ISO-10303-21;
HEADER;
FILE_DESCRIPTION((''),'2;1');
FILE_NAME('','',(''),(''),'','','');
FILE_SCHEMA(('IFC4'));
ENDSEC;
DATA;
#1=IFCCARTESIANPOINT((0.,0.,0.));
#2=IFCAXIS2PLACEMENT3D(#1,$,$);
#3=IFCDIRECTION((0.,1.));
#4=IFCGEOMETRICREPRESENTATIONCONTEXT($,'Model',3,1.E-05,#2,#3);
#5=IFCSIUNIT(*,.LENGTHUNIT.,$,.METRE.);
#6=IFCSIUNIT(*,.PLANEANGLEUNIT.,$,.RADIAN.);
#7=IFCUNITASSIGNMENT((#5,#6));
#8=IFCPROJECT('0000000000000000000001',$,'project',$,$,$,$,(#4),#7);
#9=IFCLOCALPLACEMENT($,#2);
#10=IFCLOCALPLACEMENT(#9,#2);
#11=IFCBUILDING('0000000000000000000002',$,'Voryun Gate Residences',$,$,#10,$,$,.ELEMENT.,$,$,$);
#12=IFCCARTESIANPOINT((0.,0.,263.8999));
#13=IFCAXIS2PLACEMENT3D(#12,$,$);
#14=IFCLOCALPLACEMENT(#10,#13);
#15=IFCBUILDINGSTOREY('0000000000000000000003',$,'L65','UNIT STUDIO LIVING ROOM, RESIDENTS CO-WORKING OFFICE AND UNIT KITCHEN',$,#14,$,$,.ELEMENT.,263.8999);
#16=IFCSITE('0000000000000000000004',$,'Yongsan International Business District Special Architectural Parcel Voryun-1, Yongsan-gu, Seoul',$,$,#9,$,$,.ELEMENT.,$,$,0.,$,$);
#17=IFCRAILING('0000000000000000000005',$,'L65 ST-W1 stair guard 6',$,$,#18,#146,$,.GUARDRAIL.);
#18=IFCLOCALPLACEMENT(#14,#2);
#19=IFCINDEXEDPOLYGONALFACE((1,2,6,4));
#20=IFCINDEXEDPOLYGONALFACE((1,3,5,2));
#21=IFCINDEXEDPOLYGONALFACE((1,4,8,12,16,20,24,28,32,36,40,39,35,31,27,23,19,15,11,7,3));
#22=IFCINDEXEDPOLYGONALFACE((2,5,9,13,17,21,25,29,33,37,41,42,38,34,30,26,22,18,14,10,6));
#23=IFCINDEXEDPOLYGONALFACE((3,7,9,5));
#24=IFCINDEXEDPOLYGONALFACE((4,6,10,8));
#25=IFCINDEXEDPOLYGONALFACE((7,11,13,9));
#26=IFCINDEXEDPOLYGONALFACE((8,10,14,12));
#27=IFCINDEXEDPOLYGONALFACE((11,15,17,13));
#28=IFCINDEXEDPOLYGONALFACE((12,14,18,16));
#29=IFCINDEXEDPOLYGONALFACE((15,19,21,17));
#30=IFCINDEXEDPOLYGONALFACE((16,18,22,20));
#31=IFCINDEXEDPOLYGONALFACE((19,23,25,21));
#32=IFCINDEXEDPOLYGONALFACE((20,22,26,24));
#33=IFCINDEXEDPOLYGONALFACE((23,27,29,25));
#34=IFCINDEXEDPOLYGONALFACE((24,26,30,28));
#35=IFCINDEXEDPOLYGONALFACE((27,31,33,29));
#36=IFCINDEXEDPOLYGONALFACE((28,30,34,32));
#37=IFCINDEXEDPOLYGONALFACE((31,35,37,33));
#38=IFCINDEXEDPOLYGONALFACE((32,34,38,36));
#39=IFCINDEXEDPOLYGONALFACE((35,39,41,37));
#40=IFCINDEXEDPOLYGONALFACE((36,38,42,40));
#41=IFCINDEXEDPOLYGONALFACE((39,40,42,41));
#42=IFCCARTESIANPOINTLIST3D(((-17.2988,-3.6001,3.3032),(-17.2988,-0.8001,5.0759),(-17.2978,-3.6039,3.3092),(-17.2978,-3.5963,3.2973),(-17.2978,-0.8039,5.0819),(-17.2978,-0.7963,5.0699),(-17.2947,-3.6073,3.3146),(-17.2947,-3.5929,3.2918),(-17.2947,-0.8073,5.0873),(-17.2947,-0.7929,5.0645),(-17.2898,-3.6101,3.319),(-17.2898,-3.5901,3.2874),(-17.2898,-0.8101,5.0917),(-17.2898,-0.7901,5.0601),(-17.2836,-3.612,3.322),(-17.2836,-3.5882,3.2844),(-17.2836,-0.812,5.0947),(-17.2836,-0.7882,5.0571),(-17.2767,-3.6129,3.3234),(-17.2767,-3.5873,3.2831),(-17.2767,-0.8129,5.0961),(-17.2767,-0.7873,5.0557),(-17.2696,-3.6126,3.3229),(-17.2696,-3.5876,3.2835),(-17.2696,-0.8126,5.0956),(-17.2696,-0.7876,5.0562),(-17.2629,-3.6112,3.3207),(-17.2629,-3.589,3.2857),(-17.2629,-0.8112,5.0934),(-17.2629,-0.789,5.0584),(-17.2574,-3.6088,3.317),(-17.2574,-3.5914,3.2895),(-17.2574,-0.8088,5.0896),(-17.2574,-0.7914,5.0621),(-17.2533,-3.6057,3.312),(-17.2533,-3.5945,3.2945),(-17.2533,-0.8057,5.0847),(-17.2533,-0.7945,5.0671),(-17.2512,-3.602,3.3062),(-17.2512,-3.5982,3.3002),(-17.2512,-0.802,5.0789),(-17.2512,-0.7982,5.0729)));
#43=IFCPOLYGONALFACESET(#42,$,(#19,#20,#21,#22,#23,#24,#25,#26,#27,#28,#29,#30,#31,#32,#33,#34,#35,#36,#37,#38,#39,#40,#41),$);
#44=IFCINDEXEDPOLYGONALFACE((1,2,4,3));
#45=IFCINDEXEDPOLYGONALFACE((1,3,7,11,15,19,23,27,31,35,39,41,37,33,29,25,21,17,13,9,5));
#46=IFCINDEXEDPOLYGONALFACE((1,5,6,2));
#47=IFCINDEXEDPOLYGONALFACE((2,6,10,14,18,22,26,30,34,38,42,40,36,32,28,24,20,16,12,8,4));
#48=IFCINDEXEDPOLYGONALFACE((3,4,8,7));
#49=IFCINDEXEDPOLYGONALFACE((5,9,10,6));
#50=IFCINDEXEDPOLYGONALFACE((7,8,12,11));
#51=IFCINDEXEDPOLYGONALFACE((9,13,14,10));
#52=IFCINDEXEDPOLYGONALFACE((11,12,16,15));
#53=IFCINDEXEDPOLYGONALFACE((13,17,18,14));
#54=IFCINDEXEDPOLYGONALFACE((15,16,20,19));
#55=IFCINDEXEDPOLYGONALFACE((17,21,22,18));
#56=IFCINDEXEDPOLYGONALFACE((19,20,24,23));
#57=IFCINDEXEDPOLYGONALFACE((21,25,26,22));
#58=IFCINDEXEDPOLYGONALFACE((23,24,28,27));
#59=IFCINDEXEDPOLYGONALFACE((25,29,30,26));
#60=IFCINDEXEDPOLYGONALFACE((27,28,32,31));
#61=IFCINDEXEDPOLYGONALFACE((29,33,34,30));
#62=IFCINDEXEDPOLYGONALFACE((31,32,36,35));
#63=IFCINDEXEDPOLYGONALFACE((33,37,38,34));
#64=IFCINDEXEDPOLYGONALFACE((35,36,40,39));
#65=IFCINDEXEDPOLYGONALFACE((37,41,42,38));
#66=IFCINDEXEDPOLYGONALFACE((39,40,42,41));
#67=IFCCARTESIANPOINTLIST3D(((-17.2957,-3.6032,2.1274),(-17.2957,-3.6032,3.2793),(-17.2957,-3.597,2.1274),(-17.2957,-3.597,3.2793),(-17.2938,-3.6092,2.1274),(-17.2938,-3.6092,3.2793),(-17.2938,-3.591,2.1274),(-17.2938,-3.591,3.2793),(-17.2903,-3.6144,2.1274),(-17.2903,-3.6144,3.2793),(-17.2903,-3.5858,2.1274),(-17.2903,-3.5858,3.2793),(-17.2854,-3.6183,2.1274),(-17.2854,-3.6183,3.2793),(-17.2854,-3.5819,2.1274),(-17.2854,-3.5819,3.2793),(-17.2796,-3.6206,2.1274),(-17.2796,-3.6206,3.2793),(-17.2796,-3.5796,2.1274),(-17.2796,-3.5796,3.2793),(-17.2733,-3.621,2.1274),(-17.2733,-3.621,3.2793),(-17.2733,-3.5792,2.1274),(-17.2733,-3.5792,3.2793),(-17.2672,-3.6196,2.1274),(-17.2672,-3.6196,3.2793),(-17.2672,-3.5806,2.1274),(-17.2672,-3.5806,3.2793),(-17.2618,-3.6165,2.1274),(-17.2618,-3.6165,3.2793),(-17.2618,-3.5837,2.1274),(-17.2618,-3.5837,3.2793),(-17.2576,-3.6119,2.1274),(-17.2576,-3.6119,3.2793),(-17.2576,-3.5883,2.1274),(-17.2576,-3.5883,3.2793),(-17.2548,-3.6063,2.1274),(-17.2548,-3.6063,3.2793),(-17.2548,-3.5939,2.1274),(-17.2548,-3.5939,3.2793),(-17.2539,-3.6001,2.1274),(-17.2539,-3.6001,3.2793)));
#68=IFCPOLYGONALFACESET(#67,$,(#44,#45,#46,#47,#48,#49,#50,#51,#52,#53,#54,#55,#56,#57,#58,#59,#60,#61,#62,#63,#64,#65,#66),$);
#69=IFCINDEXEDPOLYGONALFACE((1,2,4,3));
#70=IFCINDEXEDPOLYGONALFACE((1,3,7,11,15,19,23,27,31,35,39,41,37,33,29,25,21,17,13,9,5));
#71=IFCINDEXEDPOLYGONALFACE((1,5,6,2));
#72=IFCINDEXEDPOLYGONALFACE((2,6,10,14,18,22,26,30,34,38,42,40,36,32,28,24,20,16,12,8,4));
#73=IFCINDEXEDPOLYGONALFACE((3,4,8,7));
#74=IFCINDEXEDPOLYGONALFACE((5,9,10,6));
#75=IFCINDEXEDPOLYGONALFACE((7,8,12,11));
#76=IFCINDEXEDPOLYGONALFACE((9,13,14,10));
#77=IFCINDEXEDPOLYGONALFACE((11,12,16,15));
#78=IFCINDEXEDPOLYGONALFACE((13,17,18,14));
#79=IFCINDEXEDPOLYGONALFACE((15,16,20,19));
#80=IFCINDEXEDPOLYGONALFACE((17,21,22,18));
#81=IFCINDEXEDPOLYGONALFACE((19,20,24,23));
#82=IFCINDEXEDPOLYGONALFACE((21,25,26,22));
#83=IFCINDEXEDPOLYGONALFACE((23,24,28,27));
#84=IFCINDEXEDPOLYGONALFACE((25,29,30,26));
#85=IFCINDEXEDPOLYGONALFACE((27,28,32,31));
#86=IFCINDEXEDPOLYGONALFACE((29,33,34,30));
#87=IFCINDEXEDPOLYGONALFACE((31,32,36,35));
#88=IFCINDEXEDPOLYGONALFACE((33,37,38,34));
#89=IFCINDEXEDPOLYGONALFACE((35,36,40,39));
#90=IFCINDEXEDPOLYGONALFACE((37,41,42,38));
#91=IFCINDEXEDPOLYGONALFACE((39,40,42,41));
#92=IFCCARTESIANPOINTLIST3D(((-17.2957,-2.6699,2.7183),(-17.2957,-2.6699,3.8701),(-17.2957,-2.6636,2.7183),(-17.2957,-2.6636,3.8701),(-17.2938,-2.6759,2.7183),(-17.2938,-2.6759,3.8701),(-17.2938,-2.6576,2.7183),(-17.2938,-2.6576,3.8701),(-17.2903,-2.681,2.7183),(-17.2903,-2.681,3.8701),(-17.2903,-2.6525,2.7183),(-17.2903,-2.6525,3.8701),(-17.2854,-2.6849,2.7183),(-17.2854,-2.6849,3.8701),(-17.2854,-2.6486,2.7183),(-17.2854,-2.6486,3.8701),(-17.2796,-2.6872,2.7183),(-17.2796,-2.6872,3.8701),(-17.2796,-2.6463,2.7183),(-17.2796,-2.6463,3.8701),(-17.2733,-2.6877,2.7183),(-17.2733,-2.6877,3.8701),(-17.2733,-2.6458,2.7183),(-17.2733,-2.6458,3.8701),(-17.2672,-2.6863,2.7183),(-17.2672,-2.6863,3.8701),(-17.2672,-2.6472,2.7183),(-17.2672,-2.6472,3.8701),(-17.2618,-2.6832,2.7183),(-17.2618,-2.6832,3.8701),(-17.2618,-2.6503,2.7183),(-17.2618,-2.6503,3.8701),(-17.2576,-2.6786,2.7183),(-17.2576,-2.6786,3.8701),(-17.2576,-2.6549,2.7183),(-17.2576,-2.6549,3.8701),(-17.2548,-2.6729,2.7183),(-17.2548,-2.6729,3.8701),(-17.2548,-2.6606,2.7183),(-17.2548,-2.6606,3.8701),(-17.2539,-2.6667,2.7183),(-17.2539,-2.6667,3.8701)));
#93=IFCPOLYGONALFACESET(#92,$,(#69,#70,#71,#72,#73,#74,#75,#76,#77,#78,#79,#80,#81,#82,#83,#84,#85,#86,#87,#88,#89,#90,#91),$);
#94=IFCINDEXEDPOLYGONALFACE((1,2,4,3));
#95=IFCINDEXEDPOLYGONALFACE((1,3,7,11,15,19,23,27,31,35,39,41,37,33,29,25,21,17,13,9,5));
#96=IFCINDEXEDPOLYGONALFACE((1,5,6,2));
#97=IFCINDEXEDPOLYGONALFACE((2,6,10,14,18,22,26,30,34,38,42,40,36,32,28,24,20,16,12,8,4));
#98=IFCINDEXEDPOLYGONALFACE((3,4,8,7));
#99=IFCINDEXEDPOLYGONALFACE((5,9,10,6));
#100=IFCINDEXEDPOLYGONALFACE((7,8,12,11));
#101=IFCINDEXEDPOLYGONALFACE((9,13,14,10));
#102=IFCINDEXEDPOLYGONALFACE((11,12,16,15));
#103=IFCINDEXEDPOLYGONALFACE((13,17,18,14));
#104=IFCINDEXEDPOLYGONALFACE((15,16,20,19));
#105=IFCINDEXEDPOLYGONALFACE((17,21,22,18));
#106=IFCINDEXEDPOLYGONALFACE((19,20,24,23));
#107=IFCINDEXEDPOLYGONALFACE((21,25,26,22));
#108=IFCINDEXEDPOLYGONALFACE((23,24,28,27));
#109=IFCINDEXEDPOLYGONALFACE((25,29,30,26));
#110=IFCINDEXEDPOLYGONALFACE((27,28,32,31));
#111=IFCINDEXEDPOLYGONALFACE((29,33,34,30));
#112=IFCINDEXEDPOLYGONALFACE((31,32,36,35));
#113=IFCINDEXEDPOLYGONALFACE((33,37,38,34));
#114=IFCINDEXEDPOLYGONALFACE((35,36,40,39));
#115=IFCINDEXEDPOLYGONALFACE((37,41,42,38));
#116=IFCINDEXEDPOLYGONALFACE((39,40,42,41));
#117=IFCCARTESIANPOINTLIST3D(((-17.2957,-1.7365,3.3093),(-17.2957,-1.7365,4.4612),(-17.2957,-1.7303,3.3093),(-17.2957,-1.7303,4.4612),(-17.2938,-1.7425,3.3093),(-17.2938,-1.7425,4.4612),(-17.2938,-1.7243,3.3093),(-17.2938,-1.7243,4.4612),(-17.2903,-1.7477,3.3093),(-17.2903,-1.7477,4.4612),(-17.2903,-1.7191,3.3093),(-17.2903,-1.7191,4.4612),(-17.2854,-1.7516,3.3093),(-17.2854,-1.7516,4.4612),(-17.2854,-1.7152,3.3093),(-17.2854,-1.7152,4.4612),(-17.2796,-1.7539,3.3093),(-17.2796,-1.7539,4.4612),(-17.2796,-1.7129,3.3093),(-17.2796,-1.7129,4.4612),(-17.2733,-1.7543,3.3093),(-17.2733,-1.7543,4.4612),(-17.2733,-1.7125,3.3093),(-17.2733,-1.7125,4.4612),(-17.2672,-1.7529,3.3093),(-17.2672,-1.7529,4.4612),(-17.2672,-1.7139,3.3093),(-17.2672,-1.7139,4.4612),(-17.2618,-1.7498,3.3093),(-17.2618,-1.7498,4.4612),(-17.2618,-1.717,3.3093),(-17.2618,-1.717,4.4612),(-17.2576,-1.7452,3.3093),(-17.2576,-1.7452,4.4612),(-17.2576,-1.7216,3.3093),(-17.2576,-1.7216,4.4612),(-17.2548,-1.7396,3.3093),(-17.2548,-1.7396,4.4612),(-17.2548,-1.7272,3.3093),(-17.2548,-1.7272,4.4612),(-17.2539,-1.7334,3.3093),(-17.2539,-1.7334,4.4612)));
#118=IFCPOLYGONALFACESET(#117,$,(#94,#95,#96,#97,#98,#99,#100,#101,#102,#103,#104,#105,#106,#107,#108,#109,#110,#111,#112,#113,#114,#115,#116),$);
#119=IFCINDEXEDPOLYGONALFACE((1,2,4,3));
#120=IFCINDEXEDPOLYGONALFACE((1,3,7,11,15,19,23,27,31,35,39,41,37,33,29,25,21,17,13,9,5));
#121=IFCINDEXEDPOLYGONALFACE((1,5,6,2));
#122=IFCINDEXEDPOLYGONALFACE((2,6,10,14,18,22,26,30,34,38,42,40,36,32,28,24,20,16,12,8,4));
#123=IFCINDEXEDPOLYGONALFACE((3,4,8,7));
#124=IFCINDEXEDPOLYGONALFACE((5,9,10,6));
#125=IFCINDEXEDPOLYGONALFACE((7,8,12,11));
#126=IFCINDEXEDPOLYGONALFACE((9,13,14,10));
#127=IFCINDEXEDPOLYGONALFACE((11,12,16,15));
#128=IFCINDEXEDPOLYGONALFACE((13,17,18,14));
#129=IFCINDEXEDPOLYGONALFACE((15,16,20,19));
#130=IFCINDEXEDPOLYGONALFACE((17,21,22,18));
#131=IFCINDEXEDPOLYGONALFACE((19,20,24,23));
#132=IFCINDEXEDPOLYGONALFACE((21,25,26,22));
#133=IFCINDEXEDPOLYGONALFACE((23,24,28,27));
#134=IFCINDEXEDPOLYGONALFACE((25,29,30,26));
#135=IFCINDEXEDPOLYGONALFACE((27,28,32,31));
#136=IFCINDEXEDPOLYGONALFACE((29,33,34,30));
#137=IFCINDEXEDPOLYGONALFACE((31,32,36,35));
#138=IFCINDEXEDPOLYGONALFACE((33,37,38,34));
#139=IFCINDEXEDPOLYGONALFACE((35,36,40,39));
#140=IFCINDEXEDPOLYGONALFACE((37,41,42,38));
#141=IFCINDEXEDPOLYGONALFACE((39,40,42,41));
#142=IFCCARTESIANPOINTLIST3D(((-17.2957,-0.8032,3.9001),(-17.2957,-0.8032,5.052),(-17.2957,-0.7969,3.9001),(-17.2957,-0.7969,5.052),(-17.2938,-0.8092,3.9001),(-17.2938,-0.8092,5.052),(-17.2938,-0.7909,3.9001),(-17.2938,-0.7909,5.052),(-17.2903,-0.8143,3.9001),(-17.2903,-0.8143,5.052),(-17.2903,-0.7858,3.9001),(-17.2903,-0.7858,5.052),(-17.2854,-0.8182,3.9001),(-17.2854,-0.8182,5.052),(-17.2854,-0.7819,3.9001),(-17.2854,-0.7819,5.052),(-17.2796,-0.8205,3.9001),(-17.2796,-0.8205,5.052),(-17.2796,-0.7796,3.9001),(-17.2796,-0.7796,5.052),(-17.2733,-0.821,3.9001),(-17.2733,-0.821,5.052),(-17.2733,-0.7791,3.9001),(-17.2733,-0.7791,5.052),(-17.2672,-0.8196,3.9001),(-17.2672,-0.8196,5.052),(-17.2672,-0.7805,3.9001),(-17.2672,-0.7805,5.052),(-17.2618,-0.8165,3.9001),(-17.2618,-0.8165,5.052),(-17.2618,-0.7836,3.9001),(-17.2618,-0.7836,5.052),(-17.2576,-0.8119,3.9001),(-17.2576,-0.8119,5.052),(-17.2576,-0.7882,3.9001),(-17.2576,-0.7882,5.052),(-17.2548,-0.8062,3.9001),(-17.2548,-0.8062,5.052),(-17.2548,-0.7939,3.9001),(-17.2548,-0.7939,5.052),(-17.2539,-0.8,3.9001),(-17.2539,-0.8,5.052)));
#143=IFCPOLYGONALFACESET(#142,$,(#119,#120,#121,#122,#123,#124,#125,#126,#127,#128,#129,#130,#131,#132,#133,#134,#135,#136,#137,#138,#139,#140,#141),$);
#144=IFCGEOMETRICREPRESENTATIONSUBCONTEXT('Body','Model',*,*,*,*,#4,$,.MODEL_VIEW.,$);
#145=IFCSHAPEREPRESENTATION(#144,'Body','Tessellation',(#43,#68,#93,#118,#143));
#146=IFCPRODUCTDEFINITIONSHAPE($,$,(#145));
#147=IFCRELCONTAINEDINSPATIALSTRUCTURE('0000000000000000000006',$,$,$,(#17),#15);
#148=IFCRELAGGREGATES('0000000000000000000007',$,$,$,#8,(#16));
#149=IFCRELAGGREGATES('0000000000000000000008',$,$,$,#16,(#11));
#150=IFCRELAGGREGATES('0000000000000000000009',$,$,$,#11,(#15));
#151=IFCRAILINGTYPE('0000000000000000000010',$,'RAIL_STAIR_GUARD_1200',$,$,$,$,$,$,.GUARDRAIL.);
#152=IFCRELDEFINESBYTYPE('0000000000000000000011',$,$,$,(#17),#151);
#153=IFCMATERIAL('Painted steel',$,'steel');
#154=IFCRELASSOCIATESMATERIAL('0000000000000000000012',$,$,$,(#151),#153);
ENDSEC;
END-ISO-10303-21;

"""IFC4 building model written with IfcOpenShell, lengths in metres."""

from ifc_helpers import new_model, si_unit, direction, frame, origin, origin_2d, place, context, subcontext, project, spatial, circle, extrude, material, type_object, element, save


model = new_model("IFC4")

# Units and contexts
model_context = context("Model", 3, precision=1e-05, world=origin(), true_north=direction((0.0, 1.0)))
body_context = subcontext(model_context, "Body", "Model", "MODEL_VIEW")
ifc_project = project(units=[si_unit("LENGTHUNIT", "METRE"), si_unit("PLANEANGLEUNIT", "RADIAN")], contexts=[model_context])

# Site, building, storey
site_placement = place(None, origin())
site = spatial("IfcSite", under=ifc_project, at=site_placement, Name="Yongsan International Business District Special Architectural Parcel Voryun-1, Yongsan-gu, Seoul", CompositionType="ELEMENT", RefElevation=0.0)
building_placement = place(site_placement, origin())
building = spatial("IfcBuilding", under=site, at=building_placement, Name="Voryun Gate Residences", CompositionType="ELEMENT")
storey_placement = place(building_placement, frame((0.0, 0.0, 263.8999)))
storey = spatial("IfcBuildingStorey", under=building, at=storey_placement, Name="L65", Description="UNIT STUDIO LIVING ROOM, RESIDENTS CO-WORKING OFFICE AND UNIT KITCHEN", CompositionType="ELEMENT", Elevation=263.8999)

# Railing
ifc_material_1 = material(Name="Painted steel", Category="steel")
railing_type_1 = type_object("IfcRailingType", Name="RAIL_STAIR_GUARD_1200", PredefinedType="GUARDRAIL", material=ifc_material_1)
railing_1_placement = place(storey_placement, frame((-17.2749, -3.6001, 2.1274)))
element("IfcRailing", 1, at=railing_1_placement, inside=storey, type_object=railing_type_1, Name="L65 ST-W1 stair guard 6", PredefinedType="GUARDRAIL", context=body_context, shape_type="SweptSolid", body=[
    extrude(circle(Radius=0.0239, at=origin_2d()), frame((0.0, 0.0, 1.1758), z_axis=(0.0, 0.844909, 0.53491), x_axis=(-1.0, 0.0, 0.0)), (0.0, 0.0, 1.0), 3.314),
    extrude(circle(Radius=0.021, at=origin_2d()), origin(), (0.0, 0.0, 1.0), 1.1519),
    extrude(circle(Radius=0.021, at=origin_2d()), frame((0.0, 0.9333, 0.5908)), (0.0, 0.0, 1.0), 1.1519),
    extrude(circle(Radius=0.021, at=origin_2d()), frame((0.0, 1.8667, 1.1819)), (0.0, 0.0, 1.0), 1.1519),
    extrude(circle(Radius=0.021, at=origin_2d()), frame((0.0, 2.8, 1.7727)), (0.0, 0.0, 1.0), 1.1519),
])

save(model, "model.ifc")
